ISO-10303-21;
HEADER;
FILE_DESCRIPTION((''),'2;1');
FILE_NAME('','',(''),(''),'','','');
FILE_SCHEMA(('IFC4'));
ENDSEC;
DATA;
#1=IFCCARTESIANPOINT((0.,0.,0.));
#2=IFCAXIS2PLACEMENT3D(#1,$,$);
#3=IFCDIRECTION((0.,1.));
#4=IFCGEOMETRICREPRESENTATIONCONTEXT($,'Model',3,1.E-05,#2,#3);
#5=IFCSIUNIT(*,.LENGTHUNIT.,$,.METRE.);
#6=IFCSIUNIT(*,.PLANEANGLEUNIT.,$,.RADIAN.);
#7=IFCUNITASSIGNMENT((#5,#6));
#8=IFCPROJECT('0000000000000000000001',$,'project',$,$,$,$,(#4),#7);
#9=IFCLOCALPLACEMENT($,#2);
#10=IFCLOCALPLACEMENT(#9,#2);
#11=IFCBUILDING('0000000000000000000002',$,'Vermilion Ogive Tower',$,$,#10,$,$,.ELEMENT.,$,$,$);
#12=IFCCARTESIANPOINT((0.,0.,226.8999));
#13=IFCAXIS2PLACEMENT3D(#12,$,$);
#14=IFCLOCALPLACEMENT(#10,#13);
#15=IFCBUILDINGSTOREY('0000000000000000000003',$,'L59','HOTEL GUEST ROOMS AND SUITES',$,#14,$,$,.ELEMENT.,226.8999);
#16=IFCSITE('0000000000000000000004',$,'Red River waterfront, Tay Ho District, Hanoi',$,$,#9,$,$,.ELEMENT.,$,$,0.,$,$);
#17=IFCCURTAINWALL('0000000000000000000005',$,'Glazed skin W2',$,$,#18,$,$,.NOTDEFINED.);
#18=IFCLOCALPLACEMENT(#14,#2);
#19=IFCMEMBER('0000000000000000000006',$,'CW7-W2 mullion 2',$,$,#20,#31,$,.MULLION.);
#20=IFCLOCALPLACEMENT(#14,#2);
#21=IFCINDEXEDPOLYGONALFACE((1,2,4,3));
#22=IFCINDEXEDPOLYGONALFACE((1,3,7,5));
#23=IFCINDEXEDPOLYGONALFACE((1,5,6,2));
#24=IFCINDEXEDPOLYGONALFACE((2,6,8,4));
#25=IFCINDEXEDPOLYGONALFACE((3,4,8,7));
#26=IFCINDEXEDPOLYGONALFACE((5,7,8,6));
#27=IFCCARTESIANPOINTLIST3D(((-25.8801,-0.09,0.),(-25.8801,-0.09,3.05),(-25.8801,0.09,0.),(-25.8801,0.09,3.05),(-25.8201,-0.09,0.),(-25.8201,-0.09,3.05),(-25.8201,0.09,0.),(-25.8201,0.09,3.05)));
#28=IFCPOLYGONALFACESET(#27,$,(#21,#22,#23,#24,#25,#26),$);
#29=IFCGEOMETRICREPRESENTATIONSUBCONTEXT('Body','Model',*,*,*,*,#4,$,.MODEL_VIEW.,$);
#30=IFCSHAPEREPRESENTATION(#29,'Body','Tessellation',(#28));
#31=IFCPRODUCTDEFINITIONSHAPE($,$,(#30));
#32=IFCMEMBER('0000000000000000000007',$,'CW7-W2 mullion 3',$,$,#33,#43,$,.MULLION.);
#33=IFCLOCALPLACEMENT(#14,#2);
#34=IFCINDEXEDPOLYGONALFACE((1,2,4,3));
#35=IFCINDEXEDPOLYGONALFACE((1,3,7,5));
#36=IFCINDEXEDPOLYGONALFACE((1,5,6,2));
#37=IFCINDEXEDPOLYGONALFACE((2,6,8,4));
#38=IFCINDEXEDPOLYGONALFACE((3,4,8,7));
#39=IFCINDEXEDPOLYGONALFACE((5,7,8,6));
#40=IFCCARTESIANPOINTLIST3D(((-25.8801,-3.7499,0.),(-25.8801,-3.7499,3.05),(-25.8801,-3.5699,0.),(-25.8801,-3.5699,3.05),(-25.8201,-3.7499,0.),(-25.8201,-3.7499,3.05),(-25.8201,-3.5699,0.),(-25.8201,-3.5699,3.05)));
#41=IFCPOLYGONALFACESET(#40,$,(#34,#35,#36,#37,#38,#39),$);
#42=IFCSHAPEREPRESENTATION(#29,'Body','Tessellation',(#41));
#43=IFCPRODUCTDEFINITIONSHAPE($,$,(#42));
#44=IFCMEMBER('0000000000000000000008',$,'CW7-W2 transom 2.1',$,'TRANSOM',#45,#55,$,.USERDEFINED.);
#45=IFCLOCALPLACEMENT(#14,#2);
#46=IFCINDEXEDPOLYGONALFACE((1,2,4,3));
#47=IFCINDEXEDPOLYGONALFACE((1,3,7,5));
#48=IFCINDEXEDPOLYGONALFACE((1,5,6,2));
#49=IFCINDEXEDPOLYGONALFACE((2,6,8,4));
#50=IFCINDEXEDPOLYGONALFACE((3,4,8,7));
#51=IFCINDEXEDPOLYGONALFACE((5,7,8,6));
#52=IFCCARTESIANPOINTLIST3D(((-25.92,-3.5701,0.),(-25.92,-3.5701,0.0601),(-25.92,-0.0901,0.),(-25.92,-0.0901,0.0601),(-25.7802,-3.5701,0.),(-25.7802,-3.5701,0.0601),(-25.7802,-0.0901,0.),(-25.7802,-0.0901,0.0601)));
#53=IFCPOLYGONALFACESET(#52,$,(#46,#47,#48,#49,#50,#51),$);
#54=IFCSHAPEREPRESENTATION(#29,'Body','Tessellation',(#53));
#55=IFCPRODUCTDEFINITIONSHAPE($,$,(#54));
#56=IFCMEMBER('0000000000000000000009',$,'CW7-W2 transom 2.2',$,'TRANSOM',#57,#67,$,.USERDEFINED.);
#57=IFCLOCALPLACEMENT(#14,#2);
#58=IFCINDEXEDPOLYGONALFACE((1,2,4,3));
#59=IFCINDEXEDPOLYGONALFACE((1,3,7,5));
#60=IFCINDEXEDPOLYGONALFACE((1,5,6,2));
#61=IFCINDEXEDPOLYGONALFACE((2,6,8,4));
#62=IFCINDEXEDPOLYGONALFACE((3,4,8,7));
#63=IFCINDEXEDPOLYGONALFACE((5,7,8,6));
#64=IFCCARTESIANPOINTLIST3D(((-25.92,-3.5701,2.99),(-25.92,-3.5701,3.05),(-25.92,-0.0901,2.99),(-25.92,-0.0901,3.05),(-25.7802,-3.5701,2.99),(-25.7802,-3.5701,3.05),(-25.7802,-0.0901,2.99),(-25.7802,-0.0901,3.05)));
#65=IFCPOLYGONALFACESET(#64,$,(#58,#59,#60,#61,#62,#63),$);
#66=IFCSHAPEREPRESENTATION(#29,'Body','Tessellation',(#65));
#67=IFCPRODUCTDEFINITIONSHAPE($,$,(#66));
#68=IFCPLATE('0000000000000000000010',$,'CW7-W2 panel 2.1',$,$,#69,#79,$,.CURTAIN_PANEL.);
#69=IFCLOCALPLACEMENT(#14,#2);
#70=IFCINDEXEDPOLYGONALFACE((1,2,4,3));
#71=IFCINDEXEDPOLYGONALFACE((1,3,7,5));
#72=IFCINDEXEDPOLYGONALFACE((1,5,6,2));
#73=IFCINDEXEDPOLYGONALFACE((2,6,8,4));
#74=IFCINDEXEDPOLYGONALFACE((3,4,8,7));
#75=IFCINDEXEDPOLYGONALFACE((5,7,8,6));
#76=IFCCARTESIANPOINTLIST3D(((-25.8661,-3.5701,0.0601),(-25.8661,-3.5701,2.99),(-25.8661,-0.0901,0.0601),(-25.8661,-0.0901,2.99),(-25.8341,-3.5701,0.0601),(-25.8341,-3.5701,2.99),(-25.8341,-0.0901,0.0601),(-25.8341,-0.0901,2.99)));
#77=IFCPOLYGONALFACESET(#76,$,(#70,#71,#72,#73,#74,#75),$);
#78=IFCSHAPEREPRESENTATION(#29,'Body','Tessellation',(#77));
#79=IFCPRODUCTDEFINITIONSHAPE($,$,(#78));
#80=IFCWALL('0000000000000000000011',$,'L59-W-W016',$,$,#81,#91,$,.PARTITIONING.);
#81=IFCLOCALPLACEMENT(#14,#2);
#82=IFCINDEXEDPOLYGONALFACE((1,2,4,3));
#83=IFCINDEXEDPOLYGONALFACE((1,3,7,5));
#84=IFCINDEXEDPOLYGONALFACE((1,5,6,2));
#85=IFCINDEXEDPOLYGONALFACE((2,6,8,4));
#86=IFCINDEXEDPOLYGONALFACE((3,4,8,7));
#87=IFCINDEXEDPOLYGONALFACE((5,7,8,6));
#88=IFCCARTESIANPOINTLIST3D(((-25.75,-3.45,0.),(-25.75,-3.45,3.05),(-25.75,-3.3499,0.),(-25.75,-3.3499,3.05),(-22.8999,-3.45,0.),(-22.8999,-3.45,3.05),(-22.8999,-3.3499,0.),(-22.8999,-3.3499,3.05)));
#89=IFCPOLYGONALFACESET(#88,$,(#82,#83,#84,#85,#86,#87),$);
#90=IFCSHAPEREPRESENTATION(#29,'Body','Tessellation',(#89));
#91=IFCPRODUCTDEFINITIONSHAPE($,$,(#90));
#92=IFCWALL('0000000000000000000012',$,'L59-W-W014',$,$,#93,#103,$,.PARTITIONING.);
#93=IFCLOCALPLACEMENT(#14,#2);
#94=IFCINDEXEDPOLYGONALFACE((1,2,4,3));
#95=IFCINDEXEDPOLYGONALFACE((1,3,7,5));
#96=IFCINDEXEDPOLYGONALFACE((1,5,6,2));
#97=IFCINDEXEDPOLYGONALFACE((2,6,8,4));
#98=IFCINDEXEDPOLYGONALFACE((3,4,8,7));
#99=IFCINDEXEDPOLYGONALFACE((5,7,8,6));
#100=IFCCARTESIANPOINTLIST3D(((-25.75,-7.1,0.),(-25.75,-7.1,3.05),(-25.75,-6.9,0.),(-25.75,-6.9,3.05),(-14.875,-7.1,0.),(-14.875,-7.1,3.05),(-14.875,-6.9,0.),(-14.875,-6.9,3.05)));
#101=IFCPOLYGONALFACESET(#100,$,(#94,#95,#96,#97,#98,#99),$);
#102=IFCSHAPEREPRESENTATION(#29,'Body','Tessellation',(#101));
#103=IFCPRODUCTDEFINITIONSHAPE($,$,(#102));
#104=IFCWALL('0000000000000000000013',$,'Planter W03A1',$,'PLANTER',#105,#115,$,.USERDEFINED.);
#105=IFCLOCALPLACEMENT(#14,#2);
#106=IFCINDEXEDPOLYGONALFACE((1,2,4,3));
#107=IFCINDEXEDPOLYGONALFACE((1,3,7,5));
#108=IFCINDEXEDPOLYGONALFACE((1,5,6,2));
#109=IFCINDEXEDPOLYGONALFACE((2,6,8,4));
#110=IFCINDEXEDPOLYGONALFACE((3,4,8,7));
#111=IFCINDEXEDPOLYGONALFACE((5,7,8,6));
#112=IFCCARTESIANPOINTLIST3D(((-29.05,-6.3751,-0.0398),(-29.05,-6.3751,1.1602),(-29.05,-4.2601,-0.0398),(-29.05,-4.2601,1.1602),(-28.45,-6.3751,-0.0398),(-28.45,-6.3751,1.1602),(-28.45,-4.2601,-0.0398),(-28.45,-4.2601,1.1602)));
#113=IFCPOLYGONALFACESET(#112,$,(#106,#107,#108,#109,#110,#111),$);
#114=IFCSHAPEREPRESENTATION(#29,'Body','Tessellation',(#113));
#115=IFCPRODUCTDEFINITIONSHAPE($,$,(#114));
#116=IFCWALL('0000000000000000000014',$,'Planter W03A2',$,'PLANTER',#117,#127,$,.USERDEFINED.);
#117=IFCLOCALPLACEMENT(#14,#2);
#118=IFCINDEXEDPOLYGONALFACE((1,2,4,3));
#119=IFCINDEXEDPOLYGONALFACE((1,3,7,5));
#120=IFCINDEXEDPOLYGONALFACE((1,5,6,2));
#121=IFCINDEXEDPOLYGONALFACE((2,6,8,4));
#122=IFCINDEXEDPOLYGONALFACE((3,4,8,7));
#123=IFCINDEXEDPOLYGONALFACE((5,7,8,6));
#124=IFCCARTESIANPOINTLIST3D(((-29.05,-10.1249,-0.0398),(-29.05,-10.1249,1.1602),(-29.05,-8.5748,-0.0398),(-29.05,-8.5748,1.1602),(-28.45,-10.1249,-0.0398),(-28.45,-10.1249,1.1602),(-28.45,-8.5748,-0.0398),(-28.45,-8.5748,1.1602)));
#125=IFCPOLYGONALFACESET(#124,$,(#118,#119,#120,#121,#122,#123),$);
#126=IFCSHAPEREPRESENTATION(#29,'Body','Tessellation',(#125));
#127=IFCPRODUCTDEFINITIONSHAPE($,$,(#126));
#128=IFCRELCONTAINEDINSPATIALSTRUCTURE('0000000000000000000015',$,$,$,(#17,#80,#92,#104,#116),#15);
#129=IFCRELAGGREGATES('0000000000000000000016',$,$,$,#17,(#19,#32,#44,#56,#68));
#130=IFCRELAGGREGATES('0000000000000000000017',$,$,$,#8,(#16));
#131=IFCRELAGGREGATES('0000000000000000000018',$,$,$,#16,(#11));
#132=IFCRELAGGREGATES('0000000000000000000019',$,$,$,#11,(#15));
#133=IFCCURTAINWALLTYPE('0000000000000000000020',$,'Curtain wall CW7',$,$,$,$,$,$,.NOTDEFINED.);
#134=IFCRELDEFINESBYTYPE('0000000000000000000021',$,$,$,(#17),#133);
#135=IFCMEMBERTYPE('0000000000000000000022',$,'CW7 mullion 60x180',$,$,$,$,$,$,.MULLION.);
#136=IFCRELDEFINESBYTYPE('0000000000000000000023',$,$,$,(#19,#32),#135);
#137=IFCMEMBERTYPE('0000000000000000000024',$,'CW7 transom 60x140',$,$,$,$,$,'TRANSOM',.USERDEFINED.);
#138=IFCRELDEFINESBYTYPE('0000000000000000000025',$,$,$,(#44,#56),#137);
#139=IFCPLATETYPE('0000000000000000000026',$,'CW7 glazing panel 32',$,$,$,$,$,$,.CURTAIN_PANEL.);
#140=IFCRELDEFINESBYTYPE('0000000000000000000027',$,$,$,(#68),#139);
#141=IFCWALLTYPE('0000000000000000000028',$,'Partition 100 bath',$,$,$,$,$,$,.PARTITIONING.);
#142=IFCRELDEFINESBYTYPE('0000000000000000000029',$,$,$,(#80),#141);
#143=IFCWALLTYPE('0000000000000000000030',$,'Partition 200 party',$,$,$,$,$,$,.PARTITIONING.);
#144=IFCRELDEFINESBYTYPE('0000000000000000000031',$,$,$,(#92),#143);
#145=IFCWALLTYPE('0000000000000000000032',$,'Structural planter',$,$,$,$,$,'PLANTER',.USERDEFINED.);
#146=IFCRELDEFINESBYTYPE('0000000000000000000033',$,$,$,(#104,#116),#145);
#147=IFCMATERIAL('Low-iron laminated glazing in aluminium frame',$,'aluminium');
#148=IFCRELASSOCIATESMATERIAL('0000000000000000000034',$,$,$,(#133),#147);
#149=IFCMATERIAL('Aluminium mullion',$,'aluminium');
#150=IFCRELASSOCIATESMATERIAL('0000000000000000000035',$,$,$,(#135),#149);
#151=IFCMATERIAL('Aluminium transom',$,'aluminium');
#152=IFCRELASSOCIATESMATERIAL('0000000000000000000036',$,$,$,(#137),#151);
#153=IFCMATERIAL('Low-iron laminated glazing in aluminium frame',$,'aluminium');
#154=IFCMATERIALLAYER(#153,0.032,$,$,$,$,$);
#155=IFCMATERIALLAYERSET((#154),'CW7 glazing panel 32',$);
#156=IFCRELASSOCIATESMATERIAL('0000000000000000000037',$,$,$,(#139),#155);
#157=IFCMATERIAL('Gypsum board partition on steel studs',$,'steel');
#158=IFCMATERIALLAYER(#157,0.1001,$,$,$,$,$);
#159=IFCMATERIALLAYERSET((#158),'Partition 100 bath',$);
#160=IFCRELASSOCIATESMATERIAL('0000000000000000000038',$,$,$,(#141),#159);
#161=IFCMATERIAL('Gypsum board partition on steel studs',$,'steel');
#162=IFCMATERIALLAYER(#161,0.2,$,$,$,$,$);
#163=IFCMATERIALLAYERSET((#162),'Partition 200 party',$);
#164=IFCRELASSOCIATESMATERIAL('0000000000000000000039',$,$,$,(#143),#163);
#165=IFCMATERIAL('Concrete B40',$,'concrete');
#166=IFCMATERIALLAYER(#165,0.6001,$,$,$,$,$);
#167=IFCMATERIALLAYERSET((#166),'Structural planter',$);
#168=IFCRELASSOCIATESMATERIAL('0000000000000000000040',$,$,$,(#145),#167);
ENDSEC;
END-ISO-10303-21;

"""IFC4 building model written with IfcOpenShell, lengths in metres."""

from ifc_helpers import new_model, si_unit, direction, frame, frame_2d, origin, origin_2d, place, context, subcontext, project, spatial, rectangle, extrude, material, layer, layer_set, material_profile, profile_set, type_object, element, aggregate, save


model = new_model("IFC4")

# Units and contexts
model_context = context("Model", 3, precision=1e-05, world=origin(), true_north=direction((0.0, 1.0)))
body_context = subcontext(model_context, "Body", "Model", "MODEL_VIEW")
ifc_project = project(units=[si_unit("LENGTHUNIT", "METRE"), si_unit("PLANEANGLEUNIT", "RADIAN")], contexts=[model_context])

# Site, building, storey
site_placement = place(None, origin())
site = spatial("IfcSite", under=ifc_project, at=site_placement, Name="Red River waterfront, Tay Ho District, Hanoi", CompositionType="ELEMENT", RefElevation=0.0)
building_placement = place(site_placement, origin())
building = spatial("IfcBuilding", under=site, at=building_placement, Name="Vermilion Ogive Tower", CompositionType="ELEMENT")
storey_placement = place(building_placement, frame((0.0, 0.0, 226.8999)))
storey = spatial("IfcBuildingStorey", under=building, at=storey_placement, Name="L59", Description="HOTEL GUEST ROOMS AND SUITES", CompositionType="ELEMENT", Elevation=226.8999)

# Curtain wall, members, plate
ifc_material_1 = material(Name="Low-iron laminated glazing in aluminium frame", Category="aluminium")
curtain_wall_type = type_object("IfcCurtainWallType", Name="Curtain wall CW7", PredefinedType="NOTDEFINED", material=ifc_material_1)
curtain_wall_placement = place(storey_placement, origin())
curtain_wall = element("IfcCurtainWall", 1, at=curtain_wall_placement, inside=storey, type_object=curtain_wall_type, Name="Glazed skin W2", PredefinedType="NOTDEFINED")
ifc_material_2 = material(Name="Aluminium mullion", Category="aluminium")
ifc_material_profile_1 = material_profile(ifc_material_2, rectangle(XDim=0.0601, YDim=0.1799, at=origin_2d()), Name="AL 60x180")
ifc_profile_set_1 = profile_set([ifc_material_profile_1], Name="Aluminium mullion")
member_type_1 = type_object("IfcMemberType", Name="CW7 mullion 60x180", PredefinedType="MULLION", material=ifc_profile_set_1)
member_1_placement = place(storey_placement, frame((-25.8501, 0.0, 0.0), z_axis=(0.0, 0.0, 1.0), x_axis=(1.0, 0.0, 0.0)))
member_1 = element("IfcMember", 2, at=member_1_placement, type_object=member_type_1, Name="CW7-W2 mullion 2", PredefinedType="MULLION", context=body_context, shape_type="SweptSolid", body=[
    extrude(rectangle(XDim=0.0601, YDim=0.1799, at=origin_2d()), origin(), (0.0, 0.0, 1.0), 3.05),
])
member_2_placement = place(storey_placement, frame((-25.8501, -3.6599, 0.0), z_axis=(0.0, 0.0, 1.0), x_axis=(1.0, 0.0, 0.0)))
member_2 = element("IfcMember", 3, at=member_2_placement, type_object=member_type_1, Name="CW7-W2 mullion 3", PredefinedType="MULLION", context=body_context, shape_type="SweptSolid", body=[
    extrude(rectangle(XDim=0.0601, YDim=0.1799, at=origin_2d()), origin(), (0.0, 0.0, 1.0), 3.05),
])
ifc_material_3 = material(Name="Aluminium transom", Category="aluminium")
ifc_material_profile_2 = material_profile(ifc_material_3, rectangle(XDim=0.1399, YDim=0.0601, at=origin_2d()), Name="AL 60x140")
ifc_profile_set_2 = profile_set([ifc_material_profile_2], Name="Aluminium transom")
member_type_2 = type_object("IfcMemberType", Name="CW7 transom 60x140", ElementType="TRANSOM", PredefinedType="USERDEFINED", material=ifc_profile_set_2)
member_3_placement = place(storey_placement, frame((-25.8501, -0.0901, 0.03), z_axis=(0.0, -1.0, 0.0), x_axis=(1.0, 0.0, 0.0)))
member_3 = element("IfcMember", 4, at=member_3_placement, type_object=member_type_2, Name="CW7-W2 transom 2.1", ObjectType="TRANSOM", PredefinedType="USERDEFINED", context=body_context, shape_type="SweptSolid", body=[
    extrude(rectangle(XDim=0.1399, YDim=0.0601, at=origin_2d()), origin(), (0.0, 0.0, 1.0), 3.48),
])
member_4_placement = place(storey_placement, frame((-25.8501, -0.0901, 3.02), z_axis=(0.0, -1.0, 0.0), x_axis=(1.0, 0.0, 0.0)))
member_4 = element("IfcMember", 5, at=member_4_placement, type_object=member_type_2, Name="CW7-W2 transom 2.2", ObjectType="TRANSOM", PredefinedType="USERDEFINED", context=body_context, shape_type="SweptSolid", body=[
    extrude(rectangle(XDim=0.1399, YDim=0.0601, at=origin_2d()), origin(), (0.0, 0.0, 1.0), 3.48),
])
ifc_material_4 = material(Name="Low-iron laminated glazing in aluminium frame", Category="aluminium")
ifc_layer_1 = layer(ifc_material_4, 0.032)
ifc_layer_set_1 = layer_set([ifc_layer_1], Name="CW7 glazing panel 32")
plate_type = type_object("IfcPlateType", Name="CW7 glazing panel 32", PredefinedType="CURTAIN_PANEL", material=ifc_layer_set_1)
plate_placement = place(storey_placement, frame((-25.8501, -1.8301, 0.0601), z_axis=(0.0, 0.0, 1.0), x_axis=(0.0, -1.0, 0.0)))
plate = element("IfcPlate", 6, at=plate_placement, type_object=plate_type, Name="CW7-W2 panel 2.1", PredefinedType="CURTAIN_PANEL", context=body_context, shape_type="SweptSolid", body=[
    extrude(rectangle(XDim=3.48, YDim=0.032, at=origin_2d()), origin(), (0.0, 0.0, 1.0), 2.9299),
])
aggregate(curtain_wall, [member_1, member_2, member_3, member_4, plate])

# Walls
ifc_material_5 = material(Name="Gypsum board partition on steel studs", Category="steel")
ifc_layer_2 = layer(ifc_material_5, 0.1001)
ifc_layer_set_2 = layer_set([ifc_layer_2], Name="Partition 100 bath")
wall_type_1 = type_object("IfcWallType", Name="Partition 100 bath", PredefinedType="PARTITIONING", material=ifc_layer_set_2)
wall_1_placement = place(storey_placement, frame((-25.75, -3.3999, 0.0), z_axis=(0.0, 0.0, 1.0), x_axis=(1.0, 0.0, 0.0)))
element("IfcWall", 7, at=wall_1_placement, inside=storey, type_object=wall_type_1, Name="L59-W-W016", PredefinedType="PARTITIONING", context=body_context, shape_type="SweptSolid", body=[
    extrude(rectangle(XDim=2.8501, YDim=0.1001, at=frame_2d((1.425, 0.0))), origin(), (0.0, 0.0, 1.0), 3.05),
])
ifc_material_6 = material(Name="Gypsum board partition on steel studs", Category="steel")
ifc_layer_3 = layer(ifc_material_6, 0.2)
ifc_layer_set_3 = layer_set([ifc_layer_3], Name="Partition 200 party")
wall_type_2 = type_object("IfcWallType", Name="Partition 200 party", PredefinedType="PARTITIONING", material=ifc_layer_set_3)
wall_2_placement = place(storey_placement, frame((-25.75, -7.0, 0.0), z_axis=(0.0, 0.0, 1.0), x_axis=(1.0, 0.0, 0.0)))
element("IfcWall", 8, at=wall_2_placement, inside=storey, type_object=wall_type_2, Name="L59-W-W014", PredefinedType="PARTITIONING", context=body_context, shape_type="SweptSolid", body=[
    extrude(rectangle(XDim=10.875, YDim=0.2, at=frame_2d((5.4375, 0.0))), origin(), (0.0, 0.0, 1.0), 3.05),
])
ifc_material_7 = material(Name="Concrete B40", Category="concrete")
ifc_layer_4 = layer(ifc_material_7, 0.6001)
ifc_layer_set_4 = layer_set([ifc_layer_4], Name="Structural planter")
wall_type_3 = type_object("IfcWallType", Name="Structural planter", ElementType="PLANTER", PredefinedType="USERDEFINED", material=ifc_layer_set_4)
wall_3_placement = place(storey_placement, frame((-28.75, -4.26, -0.0398), z_axis=(0.0, 0.0, 1.0), x_axis=(0.0, -1.0, 0.0)))
element("IfcWall", 9, at=wall_3_placement, inside=storey, type_object=wall_type_3, Name="Planter W03A1", ObjectType="PLANTER", PredefinedType="USERDEFINED", context=body_context, shape_type="SweptSolid", body=[
    extrude(rectangle(XDim=2.115, YDim=0.6001, at=frame_2d((1.0576, 0.0))), origin(), (0.0, 0.0, 1.0), 1.2),
])
wall_4_placement = place(storey_placement, frame((-28.75, -8.575, -0.0398), z_axis=(0.0, 0.0, 1.0), x_axis=(0.0, -1.0, 0.0)))
element("IfcWall", 10, at=wall_4_placement, inside=storey, type_object=wall_type_3, Name="Planter W03A2", ObjectType="PLANTER", PredefinedType="USERDEFINED", context=body_context, shape_type="SweptSolid", body=[
    extrude(rectangle(XDim=1.55, YDim=0.6001, at=frame_2d((0.7749, 0.0))), origin(), (0.0, 0.0, 1.0), 1.2),
])

save(model, "model.ifc")
